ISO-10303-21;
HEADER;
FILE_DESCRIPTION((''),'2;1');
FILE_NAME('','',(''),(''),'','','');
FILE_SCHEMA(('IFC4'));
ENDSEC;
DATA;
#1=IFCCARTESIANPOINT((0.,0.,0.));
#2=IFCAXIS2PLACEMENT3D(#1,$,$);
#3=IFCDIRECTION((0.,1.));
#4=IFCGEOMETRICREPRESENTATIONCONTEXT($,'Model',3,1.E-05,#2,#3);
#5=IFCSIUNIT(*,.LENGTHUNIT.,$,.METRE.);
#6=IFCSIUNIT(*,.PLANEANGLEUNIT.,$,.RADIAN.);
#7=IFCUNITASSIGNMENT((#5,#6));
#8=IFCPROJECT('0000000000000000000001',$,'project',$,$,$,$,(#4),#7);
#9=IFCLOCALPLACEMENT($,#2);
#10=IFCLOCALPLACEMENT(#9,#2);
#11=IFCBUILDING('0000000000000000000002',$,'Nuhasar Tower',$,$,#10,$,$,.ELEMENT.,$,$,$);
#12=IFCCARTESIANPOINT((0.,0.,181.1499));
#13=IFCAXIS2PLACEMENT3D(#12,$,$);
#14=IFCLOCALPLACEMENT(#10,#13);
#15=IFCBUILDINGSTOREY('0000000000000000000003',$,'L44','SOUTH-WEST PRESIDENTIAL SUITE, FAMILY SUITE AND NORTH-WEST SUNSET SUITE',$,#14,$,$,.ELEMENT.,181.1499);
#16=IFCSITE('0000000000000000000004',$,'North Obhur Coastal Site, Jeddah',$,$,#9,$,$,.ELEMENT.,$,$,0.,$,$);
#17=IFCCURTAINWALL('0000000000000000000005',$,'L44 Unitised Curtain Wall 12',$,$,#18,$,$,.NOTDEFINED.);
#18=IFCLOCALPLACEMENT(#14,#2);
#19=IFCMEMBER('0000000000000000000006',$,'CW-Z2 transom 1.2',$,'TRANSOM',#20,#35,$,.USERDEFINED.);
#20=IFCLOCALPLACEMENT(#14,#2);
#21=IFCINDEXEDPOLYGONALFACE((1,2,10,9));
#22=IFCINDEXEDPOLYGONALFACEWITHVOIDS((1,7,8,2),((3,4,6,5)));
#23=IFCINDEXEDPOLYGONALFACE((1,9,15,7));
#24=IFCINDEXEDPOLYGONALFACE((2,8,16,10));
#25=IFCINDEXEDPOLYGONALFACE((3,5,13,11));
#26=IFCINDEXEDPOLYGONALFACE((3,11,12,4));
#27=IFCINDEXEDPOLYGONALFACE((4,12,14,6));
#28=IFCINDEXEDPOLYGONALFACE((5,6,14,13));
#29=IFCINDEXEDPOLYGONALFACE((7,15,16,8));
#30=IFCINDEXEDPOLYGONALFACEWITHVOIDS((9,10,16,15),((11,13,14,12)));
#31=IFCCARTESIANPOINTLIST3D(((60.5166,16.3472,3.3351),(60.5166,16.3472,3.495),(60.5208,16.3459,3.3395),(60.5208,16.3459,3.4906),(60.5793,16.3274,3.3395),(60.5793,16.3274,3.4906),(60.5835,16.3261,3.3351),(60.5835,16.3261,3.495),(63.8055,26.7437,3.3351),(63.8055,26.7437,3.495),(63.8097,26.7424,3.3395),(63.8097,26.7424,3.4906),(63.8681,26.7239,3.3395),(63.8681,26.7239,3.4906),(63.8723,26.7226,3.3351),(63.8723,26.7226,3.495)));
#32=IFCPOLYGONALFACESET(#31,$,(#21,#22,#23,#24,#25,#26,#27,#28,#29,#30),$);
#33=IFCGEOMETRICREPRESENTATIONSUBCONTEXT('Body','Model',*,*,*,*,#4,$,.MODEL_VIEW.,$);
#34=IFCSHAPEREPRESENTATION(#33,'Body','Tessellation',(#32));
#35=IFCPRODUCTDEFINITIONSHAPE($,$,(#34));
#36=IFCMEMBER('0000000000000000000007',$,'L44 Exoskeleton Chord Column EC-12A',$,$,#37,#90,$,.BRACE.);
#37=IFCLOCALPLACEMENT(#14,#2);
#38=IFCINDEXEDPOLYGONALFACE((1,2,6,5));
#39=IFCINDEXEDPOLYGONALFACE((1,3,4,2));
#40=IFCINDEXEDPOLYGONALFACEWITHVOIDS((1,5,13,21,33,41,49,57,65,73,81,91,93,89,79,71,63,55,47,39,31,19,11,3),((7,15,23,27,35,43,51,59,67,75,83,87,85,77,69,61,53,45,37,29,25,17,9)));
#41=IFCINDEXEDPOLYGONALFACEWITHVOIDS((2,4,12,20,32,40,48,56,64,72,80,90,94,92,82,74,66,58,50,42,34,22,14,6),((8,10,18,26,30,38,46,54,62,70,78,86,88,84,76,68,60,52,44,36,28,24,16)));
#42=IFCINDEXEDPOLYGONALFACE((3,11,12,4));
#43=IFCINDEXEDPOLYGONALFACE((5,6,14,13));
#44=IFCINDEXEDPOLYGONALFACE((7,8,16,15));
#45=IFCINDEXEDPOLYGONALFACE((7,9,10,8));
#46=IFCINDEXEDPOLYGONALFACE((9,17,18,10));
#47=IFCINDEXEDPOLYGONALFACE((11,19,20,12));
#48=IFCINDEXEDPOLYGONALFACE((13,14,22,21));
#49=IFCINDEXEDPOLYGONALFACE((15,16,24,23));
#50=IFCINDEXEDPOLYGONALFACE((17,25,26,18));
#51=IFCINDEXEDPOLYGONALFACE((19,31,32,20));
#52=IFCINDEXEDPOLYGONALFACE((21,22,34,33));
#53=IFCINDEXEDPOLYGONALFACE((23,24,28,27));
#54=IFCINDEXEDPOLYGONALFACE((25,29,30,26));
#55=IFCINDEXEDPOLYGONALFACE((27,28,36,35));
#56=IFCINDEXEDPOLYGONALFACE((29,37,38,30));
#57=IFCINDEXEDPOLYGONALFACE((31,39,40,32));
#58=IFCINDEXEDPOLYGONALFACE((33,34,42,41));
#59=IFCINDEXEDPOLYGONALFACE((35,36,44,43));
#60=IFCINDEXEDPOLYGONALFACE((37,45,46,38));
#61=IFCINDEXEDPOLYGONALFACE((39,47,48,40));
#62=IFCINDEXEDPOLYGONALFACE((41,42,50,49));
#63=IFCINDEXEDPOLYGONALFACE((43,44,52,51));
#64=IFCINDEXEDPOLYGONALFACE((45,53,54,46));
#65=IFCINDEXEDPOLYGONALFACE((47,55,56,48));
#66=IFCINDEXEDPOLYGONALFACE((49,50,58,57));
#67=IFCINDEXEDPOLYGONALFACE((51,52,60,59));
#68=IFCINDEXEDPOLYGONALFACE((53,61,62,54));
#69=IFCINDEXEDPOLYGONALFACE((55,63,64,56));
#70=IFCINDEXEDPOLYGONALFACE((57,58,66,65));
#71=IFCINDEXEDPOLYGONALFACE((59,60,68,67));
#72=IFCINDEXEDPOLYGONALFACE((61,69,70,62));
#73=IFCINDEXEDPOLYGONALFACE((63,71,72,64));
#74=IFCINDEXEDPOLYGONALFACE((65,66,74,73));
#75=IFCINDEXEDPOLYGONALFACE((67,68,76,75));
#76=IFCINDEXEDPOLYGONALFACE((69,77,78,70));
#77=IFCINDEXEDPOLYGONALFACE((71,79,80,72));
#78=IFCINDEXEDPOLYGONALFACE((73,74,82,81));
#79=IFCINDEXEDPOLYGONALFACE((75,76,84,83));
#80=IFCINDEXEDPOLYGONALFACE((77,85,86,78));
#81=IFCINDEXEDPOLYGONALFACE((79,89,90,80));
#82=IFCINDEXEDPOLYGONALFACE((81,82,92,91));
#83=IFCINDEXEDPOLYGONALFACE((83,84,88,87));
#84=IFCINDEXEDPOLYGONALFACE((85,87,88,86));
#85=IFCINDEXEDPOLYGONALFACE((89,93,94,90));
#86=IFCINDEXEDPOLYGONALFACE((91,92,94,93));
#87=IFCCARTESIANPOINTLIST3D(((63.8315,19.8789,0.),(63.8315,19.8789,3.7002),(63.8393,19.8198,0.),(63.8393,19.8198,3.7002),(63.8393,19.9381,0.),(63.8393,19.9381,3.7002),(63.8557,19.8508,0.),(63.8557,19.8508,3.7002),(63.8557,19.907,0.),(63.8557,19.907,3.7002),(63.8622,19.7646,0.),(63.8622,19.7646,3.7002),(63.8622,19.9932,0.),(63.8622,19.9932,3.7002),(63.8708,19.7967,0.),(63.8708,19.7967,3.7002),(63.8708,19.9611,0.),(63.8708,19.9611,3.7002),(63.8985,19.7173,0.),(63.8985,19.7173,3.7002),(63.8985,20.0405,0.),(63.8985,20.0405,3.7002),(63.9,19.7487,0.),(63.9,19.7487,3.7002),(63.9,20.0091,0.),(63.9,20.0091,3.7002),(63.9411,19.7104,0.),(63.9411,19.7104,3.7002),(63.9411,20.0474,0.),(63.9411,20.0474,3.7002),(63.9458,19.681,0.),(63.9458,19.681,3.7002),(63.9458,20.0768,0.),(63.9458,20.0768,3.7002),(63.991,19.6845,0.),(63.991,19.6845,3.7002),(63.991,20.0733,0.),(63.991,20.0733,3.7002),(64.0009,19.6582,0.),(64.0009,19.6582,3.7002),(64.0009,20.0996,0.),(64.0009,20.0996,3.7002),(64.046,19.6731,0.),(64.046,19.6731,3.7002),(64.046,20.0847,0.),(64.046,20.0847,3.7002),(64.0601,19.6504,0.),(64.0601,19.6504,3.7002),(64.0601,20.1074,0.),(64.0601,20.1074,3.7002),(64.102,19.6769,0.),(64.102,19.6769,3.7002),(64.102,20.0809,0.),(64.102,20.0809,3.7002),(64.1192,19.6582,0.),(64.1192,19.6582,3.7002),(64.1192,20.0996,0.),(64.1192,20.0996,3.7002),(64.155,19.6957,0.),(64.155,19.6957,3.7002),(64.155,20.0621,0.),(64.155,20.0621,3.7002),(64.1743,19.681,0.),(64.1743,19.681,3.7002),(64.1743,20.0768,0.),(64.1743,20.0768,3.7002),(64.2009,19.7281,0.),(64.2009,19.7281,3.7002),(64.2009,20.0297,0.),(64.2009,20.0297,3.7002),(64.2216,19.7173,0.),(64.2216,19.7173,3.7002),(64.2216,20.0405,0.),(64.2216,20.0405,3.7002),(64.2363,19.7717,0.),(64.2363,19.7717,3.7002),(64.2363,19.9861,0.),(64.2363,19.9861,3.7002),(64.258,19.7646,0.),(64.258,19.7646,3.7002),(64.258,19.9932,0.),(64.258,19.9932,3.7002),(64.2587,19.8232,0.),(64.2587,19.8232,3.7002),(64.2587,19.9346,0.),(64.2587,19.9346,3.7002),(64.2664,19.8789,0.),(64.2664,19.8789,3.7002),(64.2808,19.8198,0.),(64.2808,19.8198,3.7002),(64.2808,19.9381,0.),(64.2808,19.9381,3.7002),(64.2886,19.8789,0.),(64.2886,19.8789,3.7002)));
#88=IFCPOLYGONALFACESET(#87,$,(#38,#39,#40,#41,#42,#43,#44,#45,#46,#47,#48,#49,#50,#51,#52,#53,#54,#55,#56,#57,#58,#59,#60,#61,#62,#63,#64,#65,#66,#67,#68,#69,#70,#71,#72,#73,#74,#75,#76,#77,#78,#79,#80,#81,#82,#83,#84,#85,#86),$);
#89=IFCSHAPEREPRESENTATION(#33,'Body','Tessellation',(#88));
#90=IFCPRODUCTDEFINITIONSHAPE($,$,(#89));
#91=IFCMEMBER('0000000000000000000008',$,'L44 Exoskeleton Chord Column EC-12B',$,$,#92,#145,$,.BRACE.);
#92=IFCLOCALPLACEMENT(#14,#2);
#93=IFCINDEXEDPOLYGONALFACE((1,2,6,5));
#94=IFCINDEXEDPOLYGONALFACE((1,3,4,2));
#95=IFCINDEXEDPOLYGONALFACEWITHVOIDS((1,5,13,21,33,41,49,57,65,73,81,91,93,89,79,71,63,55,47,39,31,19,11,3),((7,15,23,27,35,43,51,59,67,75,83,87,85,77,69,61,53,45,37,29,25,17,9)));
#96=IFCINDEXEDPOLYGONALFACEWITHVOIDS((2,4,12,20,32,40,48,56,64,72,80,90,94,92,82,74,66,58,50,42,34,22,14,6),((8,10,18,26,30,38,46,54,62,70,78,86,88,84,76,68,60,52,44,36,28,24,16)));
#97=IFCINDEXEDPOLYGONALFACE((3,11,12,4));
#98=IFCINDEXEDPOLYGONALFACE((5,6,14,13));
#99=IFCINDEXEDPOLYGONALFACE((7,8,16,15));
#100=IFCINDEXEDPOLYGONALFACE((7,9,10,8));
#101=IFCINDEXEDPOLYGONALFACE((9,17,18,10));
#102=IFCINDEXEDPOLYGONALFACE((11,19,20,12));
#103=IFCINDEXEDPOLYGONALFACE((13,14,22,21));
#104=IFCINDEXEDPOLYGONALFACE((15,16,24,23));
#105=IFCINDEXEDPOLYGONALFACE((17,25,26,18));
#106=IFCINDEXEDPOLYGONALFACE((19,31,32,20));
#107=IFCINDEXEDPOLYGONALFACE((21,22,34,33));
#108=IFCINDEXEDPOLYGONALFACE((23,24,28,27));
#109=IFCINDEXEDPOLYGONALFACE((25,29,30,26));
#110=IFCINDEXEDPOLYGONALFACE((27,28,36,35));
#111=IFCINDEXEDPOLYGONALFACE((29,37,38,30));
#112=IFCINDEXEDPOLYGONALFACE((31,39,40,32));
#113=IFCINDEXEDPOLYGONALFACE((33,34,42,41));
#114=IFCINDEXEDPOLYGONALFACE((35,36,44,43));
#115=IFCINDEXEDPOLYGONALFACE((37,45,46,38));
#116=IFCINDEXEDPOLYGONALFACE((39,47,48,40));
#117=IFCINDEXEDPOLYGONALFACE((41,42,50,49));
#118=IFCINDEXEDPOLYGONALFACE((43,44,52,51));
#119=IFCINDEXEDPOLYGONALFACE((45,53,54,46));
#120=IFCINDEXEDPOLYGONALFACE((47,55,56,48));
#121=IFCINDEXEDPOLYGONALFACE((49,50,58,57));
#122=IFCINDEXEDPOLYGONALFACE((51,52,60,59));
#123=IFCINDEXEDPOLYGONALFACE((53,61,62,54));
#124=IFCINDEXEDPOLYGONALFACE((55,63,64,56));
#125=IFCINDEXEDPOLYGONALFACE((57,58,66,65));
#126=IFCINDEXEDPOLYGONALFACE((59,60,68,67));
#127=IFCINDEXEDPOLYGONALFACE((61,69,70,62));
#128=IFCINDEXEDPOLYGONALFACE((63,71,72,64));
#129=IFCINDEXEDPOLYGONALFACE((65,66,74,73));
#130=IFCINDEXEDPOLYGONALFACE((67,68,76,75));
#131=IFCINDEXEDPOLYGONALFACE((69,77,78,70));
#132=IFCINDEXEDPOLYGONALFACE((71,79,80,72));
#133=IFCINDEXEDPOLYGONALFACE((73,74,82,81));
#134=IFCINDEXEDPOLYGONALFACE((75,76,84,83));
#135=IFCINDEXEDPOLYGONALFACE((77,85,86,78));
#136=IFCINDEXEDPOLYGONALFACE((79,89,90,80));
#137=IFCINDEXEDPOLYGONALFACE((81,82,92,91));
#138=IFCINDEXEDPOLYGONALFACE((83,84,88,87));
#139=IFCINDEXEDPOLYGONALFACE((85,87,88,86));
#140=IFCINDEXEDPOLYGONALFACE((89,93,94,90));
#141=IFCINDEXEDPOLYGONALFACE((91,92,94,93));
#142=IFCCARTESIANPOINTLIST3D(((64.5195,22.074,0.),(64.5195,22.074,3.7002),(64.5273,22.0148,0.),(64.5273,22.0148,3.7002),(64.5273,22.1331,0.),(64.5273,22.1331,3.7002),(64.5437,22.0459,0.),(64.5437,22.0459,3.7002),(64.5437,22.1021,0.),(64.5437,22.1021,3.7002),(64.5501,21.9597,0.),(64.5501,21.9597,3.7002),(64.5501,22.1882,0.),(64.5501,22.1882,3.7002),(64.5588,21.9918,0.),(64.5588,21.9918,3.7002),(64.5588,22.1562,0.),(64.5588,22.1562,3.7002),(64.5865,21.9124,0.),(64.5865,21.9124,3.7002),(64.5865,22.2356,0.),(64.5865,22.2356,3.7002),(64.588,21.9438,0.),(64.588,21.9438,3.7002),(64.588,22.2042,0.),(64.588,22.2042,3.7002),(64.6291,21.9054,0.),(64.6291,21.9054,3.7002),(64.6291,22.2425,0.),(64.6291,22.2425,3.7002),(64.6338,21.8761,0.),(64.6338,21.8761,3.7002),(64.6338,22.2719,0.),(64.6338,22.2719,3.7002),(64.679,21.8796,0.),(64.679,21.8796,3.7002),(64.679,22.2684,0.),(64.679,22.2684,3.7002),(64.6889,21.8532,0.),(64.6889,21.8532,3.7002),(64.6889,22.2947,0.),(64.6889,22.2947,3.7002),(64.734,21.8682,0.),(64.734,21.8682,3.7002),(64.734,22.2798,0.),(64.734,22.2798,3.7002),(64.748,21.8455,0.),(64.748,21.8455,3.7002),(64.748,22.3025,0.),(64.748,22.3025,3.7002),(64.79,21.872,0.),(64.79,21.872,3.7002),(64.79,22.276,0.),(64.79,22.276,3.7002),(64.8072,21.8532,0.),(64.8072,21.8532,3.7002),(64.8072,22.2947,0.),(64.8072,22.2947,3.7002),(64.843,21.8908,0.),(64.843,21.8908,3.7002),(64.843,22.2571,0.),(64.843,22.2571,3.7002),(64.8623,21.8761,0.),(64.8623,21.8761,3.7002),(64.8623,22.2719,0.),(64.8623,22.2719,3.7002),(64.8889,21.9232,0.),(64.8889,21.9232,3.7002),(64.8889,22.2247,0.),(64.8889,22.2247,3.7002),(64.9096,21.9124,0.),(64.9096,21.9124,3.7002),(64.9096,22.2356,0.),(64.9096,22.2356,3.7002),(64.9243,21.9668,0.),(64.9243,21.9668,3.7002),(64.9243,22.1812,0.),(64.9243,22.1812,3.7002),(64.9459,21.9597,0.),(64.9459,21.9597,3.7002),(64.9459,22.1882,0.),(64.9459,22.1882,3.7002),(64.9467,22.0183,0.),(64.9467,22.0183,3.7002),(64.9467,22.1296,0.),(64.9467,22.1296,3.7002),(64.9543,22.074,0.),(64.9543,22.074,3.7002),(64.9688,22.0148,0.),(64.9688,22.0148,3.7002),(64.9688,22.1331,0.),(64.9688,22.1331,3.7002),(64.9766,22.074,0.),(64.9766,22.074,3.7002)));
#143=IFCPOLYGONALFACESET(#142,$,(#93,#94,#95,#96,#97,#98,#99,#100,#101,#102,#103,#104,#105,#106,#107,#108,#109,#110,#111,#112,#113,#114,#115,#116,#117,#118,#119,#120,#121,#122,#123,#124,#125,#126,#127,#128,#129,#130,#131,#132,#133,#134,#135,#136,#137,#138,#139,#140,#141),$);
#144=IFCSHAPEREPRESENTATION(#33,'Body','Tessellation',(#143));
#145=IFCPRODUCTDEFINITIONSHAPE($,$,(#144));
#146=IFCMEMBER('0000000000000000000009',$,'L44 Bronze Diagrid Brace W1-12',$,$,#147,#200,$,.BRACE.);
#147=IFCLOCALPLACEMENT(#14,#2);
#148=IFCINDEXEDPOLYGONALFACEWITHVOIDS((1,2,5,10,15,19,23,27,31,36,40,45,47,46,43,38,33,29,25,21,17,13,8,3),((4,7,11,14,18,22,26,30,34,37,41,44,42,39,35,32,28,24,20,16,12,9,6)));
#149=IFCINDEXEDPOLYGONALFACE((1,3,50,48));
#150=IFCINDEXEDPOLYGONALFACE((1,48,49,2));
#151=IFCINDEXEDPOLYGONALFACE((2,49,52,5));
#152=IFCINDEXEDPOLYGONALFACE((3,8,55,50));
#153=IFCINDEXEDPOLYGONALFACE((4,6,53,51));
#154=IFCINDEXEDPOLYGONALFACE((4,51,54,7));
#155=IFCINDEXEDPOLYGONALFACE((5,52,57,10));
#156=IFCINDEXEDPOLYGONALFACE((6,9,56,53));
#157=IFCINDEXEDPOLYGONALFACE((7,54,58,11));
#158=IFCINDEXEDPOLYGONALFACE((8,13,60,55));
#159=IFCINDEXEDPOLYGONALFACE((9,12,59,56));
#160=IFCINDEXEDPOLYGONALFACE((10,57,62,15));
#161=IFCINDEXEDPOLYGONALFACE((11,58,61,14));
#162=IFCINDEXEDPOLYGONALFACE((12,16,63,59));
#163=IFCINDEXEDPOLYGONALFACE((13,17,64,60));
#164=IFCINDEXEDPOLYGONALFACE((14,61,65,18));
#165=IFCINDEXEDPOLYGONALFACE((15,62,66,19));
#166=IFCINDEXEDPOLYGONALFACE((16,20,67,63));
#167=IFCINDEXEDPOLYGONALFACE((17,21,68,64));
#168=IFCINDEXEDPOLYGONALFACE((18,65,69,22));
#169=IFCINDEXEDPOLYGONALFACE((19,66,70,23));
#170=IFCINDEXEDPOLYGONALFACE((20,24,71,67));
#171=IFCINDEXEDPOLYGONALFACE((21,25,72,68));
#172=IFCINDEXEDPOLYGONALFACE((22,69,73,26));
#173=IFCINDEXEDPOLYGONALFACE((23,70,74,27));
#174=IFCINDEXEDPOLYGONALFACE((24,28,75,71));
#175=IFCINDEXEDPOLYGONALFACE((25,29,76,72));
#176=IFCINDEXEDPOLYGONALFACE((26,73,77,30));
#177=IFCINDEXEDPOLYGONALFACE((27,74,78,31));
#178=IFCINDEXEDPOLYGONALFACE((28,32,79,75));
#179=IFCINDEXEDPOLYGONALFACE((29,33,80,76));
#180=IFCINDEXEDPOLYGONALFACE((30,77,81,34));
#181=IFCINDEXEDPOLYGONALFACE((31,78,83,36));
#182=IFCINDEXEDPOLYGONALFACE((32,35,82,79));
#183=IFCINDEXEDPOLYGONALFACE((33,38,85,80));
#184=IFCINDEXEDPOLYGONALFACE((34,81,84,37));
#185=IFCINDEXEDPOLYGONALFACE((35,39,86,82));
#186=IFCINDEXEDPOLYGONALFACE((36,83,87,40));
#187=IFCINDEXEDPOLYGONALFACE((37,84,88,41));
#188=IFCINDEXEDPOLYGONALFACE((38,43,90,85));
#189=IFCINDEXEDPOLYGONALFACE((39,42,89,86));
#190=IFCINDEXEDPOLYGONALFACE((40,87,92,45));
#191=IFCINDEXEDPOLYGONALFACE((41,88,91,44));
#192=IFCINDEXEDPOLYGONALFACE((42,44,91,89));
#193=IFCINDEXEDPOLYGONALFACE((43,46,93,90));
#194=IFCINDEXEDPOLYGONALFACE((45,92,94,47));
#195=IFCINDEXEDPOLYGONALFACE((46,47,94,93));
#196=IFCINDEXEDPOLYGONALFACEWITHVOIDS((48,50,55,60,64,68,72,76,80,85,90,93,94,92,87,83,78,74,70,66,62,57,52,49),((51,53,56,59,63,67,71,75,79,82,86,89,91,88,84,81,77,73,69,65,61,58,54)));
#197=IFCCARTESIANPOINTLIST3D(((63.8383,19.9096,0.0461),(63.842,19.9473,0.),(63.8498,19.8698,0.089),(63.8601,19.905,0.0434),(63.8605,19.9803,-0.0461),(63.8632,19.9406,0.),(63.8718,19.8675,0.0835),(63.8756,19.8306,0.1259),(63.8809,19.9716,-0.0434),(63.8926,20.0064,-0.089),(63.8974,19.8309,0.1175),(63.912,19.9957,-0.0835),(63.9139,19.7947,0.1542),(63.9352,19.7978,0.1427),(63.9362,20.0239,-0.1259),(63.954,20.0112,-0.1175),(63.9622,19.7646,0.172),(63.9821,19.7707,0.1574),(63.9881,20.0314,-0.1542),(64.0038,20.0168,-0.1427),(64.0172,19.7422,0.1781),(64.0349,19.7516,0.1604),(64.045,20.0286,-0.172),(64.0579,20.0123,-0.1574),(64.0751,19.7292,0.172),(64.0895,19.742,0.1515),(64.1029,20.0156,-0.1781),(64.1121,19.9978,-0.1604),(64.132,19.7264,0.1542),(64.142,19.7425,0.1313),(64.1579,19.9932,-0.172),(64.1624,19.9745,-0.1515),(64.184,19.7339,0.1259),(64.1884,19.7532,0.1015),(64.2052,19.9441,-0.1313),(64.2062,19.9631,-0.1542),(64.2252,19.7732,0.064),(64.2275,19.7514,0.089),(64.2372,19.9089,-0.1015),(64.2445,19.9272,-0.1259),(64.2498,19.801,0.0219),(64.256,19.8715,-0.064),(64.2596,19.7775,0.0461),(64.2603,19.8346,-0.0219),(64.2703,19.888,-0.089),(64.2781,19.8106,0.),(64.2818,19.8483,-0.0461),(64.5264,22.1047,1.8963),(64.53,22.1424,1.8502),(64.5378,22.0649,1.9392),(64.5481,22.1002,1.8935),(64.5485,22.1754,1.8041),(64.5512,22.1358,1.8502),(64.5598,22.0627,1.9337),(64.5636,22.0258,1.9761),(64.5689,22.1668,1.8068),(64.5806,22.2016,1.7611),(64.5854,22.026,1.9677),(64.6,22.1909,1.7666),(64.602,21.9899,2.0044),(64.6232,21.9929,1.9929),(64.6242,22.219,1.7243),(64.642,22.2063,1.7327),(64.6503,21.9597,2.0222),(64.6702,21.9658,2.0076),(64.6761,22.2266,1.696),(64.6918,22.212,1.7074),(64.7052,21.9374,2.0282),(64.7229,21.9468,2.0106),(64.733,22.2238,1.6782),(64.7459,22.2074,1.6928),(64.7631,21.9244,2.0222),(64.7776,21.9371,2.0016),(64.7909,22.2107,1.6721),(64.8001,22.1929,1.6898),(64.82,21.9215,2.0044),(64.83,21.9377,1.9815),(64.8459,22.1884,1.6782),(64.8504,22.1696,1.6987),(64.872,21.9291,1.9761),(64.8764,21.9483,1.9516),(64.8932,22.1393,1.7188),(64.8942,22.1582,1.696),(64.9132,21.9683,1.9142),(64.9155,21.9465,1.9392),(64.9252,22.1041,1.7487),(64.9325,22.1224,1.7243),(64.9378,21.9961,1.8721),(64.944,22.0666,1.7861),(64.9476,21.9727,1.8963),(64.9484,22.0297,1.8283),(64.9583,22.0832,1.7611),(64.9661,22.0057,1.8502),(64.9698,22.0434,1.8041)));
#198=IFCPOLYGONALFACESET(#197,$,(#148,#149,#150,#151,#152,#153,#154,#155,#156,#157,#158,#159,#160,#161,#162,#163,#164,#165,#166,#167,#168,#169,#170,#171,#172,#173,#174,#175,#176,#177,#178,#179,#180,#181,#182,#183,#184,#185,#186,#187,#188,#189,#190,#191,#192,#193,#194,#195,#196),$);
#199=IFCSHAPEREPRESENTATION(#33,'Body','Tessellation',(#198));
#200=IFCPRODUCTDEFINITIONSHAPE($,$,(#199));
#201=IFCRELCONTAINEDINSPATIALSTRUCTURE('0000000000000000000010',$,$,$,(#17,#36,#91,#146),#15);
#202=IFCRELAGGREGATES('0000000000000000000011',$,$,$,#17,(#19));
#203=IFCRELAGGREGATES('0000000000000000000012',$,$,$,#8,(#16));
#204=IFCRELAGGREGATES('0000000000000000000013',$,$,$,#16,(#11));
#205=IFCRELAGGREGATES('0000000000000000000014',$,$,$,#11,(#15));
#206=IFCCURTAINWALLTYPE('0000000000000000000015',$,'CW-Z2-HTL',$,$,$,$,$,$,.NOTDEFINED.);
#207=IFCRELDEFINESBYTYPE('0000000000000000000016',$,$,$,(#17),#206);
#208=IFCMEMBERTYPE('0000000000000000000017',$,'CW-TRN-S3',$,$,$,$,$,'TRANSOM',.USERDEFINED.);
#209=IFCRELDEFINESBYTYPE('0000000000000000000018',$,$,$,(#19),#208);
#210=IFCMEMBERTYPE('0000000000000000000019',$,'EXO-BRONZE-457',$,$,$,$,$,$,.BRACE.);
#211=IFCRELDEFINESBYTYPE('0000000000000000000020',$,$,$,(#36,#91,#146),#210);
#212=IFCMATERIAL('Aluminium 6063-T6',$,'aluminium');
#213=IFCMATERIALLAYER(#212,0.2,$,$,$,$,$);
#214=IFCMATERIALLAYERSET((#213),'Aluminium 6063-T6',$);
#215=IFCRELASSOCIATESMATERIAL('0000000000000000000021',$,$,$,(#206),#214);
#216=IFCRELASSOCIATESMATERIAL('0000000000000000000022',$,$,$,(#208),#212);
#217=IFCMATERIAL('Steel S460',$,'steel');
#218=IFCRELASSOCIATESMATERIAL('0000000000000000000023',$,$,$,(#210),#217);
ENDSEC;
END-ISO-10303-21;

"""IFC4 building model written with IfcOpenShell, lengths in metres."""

from ifc_helpers import new_model, si_unit, direction, frame, origin, origin_2d, place, context, subcontext, project, spatial, hollow_rectangle, hollow_circle, extrude, material, layer, layer_set, material_profile, profile_set, type_object, element, aggregate, save


model = new_model("IFC4")

# Units and contexts
model_context = context("Model", 3, precision=1e-05, world=origin(), true_north=direction((0.0, 1.0)))
body_context = subcontext(model_context, "Body", "Model", "MODEL_VIEW")
ifc_project = project(units=[si_unit("LENGTHUNIT", "METRE"), si_unit("PLANEANGLEUNIT", "RADIAN")], contexts=[model_context])

# Site, building, storey
site_placement = place(None, origin())
site = spatial("IfcSite", under=ifc_project, at=site_placement, Name="North Obhur Coastal Site, Jeddah", CompositionType="ELEMENT", RefElevation=0.0)
building_placement = place(site_placement, origin())
building = spatial("IfcBuilding", under=site, at=building_placement, Name="Nuhasar Tower", CompositionType="ELEMENT")
storey_placement = place(building_placement, frame((0.0, 0.0, 181.1499)))
storey = spatial("IfcBuildingStorey", under=building, at=storey_placement, Name="L44", Description="SOUTH-WEST PRESIDENTIAL SUITE, FAMILY SUITE AND NORTH-WEST SUNSET SUITE", CompositionType="ELEMENT", Elevation=181.1499)

# Curtain wall, member
ifc_material_1 = material(Name="Aluminium 6063-T6", Category="aluminium")
ifc_layer_1 = layer(ifc_material_1, 0.2)
ifc_layer_set_1 = layer_set([ifc_layer_1], Name="Aluminium 6063-T6")
curtain_wall_type = type_object("IfcCurtainWallType", Name="CW-Z2-HTL", PredefinedType="NOTDEFINED", material=ifc_layer_set_1)
curtain_wall_placement = place(storey_placement, origin())
curtain_wall = element("IfcCurtainWall", 1, at=curtain_wall_placement, inside=storey, type_object=curtain_wall_type, Name="L44 Unitised Curtain Wall 12", PredefinedType="NOTDEFINED")
ifc_material_profile_1 = material_profile(ifc_material_1, hollow_rectangle(XDim=0.0701, YDim=0.1599, WallThickness=0.0044, at=origin_2d()), Name="CWT-3")
ifc_profile_set_1 = profile_set([ifc_material_profile_1], Name="Aluminium 6063-T6")
member_type_1 = type_object("IfcMemberType", Name="CW-TRN-S3", ElementType="TRANSOM", PredefinedType="USERDEFINED", material=ifc_profile_set_1)
member_placement = place(storey_placement, frame((60.55, 16.3367, 3.415), z_axis=(0.301608, 0.953432, 0.0), x_axis=(-0.953432, 0.301608, 0.0)))
member = element("IfcMember", 2, at=member_placement, type_object=member_type_1, Name="CW-Z2 transom 1.2", ObjectType="TRANSOM", PredefinedType="USERDEFINED", context=body_context, shape_type="SweptSolid", body=[
    extrude(hollow_rectangle(XDim=0.0701, YDim=0.1599, WallThickness=0.0044, at=origin_2d()), origin(), (0.0, 0.0, 1.0), 10.9043),
])

# Members
ifc_material_2 = material(Name="Steel S460", Category="steel")
ifc_material_profile_2 = material_profile(ifc_material_2, hollow_circle(Radius=0.2285, WallThickness=0.0222, at=origin_2d()), Name="HSS457X22.2")
ifc_profile_set_2 = profile_set([ifc_material_profile_2], Name="Steel S460")
member_type_2 = type_object("IfcMemberType", Name="EXO-BRONZE-457", PredefinedType="BRACE", material=ifc_profile_set_2)
for number, where, z_axis, x_axis, name in (
    (3, (64.0601, 19.8789, 0.0), (0.0, 0.0, 1.0), (1.0, 0.0, 0.0), "L44 Exoskeleton Chord Column EC-12A"),
    (4, (64.748, 22.074, 0.0), (0.0, 0.0, 1.0), (1.0, 0.0, 0.0), "L44 Exoskeleton Chord Column EC-12B"),
):
    element("IfcMember", number, at=place(storey_placement, frame(where, z_axis=z_axis, x_axis=x_axis)), inside=storey, type_object=member_type_2, Name=name, PredefinedType="BRACE", context=body_context, shape_type="SweptSolid", body=[
        extrude(hollow_circle(Radius=0.2285, WallThickness=0.0222, at=origin_2d()), origin(), (0.0, 0.0, 1.0), 3.7002),
    ])
for number, where, z_axis, x_axis, name in (
    (5, (64.0601, 19.8789, 0.0), (0.233056, 0.743578, 0.626719), (-0.954228, 0.299079, 0.0), "L44 Bronze Diagrid Brace W1-12"),
):
    element("IfcMember", number, at=place(storey_placement, frame(where, z_axis=z_axis, x_axis=x_axis)), inside=storey, type_object=member_type_2, Name=name, PredefinedType="BRACE", context=body_context, shape_type="SweptSolid", body=[
        extrude(hollow_circle(Radius=0.2285, WallThickness=0.0222, at=origin_2d()), origin(), (0.0, 0.0, 1.0), 2.9521),
    ])

aggregate(curtain_wall, [member])

save(model, "model.ifc")
